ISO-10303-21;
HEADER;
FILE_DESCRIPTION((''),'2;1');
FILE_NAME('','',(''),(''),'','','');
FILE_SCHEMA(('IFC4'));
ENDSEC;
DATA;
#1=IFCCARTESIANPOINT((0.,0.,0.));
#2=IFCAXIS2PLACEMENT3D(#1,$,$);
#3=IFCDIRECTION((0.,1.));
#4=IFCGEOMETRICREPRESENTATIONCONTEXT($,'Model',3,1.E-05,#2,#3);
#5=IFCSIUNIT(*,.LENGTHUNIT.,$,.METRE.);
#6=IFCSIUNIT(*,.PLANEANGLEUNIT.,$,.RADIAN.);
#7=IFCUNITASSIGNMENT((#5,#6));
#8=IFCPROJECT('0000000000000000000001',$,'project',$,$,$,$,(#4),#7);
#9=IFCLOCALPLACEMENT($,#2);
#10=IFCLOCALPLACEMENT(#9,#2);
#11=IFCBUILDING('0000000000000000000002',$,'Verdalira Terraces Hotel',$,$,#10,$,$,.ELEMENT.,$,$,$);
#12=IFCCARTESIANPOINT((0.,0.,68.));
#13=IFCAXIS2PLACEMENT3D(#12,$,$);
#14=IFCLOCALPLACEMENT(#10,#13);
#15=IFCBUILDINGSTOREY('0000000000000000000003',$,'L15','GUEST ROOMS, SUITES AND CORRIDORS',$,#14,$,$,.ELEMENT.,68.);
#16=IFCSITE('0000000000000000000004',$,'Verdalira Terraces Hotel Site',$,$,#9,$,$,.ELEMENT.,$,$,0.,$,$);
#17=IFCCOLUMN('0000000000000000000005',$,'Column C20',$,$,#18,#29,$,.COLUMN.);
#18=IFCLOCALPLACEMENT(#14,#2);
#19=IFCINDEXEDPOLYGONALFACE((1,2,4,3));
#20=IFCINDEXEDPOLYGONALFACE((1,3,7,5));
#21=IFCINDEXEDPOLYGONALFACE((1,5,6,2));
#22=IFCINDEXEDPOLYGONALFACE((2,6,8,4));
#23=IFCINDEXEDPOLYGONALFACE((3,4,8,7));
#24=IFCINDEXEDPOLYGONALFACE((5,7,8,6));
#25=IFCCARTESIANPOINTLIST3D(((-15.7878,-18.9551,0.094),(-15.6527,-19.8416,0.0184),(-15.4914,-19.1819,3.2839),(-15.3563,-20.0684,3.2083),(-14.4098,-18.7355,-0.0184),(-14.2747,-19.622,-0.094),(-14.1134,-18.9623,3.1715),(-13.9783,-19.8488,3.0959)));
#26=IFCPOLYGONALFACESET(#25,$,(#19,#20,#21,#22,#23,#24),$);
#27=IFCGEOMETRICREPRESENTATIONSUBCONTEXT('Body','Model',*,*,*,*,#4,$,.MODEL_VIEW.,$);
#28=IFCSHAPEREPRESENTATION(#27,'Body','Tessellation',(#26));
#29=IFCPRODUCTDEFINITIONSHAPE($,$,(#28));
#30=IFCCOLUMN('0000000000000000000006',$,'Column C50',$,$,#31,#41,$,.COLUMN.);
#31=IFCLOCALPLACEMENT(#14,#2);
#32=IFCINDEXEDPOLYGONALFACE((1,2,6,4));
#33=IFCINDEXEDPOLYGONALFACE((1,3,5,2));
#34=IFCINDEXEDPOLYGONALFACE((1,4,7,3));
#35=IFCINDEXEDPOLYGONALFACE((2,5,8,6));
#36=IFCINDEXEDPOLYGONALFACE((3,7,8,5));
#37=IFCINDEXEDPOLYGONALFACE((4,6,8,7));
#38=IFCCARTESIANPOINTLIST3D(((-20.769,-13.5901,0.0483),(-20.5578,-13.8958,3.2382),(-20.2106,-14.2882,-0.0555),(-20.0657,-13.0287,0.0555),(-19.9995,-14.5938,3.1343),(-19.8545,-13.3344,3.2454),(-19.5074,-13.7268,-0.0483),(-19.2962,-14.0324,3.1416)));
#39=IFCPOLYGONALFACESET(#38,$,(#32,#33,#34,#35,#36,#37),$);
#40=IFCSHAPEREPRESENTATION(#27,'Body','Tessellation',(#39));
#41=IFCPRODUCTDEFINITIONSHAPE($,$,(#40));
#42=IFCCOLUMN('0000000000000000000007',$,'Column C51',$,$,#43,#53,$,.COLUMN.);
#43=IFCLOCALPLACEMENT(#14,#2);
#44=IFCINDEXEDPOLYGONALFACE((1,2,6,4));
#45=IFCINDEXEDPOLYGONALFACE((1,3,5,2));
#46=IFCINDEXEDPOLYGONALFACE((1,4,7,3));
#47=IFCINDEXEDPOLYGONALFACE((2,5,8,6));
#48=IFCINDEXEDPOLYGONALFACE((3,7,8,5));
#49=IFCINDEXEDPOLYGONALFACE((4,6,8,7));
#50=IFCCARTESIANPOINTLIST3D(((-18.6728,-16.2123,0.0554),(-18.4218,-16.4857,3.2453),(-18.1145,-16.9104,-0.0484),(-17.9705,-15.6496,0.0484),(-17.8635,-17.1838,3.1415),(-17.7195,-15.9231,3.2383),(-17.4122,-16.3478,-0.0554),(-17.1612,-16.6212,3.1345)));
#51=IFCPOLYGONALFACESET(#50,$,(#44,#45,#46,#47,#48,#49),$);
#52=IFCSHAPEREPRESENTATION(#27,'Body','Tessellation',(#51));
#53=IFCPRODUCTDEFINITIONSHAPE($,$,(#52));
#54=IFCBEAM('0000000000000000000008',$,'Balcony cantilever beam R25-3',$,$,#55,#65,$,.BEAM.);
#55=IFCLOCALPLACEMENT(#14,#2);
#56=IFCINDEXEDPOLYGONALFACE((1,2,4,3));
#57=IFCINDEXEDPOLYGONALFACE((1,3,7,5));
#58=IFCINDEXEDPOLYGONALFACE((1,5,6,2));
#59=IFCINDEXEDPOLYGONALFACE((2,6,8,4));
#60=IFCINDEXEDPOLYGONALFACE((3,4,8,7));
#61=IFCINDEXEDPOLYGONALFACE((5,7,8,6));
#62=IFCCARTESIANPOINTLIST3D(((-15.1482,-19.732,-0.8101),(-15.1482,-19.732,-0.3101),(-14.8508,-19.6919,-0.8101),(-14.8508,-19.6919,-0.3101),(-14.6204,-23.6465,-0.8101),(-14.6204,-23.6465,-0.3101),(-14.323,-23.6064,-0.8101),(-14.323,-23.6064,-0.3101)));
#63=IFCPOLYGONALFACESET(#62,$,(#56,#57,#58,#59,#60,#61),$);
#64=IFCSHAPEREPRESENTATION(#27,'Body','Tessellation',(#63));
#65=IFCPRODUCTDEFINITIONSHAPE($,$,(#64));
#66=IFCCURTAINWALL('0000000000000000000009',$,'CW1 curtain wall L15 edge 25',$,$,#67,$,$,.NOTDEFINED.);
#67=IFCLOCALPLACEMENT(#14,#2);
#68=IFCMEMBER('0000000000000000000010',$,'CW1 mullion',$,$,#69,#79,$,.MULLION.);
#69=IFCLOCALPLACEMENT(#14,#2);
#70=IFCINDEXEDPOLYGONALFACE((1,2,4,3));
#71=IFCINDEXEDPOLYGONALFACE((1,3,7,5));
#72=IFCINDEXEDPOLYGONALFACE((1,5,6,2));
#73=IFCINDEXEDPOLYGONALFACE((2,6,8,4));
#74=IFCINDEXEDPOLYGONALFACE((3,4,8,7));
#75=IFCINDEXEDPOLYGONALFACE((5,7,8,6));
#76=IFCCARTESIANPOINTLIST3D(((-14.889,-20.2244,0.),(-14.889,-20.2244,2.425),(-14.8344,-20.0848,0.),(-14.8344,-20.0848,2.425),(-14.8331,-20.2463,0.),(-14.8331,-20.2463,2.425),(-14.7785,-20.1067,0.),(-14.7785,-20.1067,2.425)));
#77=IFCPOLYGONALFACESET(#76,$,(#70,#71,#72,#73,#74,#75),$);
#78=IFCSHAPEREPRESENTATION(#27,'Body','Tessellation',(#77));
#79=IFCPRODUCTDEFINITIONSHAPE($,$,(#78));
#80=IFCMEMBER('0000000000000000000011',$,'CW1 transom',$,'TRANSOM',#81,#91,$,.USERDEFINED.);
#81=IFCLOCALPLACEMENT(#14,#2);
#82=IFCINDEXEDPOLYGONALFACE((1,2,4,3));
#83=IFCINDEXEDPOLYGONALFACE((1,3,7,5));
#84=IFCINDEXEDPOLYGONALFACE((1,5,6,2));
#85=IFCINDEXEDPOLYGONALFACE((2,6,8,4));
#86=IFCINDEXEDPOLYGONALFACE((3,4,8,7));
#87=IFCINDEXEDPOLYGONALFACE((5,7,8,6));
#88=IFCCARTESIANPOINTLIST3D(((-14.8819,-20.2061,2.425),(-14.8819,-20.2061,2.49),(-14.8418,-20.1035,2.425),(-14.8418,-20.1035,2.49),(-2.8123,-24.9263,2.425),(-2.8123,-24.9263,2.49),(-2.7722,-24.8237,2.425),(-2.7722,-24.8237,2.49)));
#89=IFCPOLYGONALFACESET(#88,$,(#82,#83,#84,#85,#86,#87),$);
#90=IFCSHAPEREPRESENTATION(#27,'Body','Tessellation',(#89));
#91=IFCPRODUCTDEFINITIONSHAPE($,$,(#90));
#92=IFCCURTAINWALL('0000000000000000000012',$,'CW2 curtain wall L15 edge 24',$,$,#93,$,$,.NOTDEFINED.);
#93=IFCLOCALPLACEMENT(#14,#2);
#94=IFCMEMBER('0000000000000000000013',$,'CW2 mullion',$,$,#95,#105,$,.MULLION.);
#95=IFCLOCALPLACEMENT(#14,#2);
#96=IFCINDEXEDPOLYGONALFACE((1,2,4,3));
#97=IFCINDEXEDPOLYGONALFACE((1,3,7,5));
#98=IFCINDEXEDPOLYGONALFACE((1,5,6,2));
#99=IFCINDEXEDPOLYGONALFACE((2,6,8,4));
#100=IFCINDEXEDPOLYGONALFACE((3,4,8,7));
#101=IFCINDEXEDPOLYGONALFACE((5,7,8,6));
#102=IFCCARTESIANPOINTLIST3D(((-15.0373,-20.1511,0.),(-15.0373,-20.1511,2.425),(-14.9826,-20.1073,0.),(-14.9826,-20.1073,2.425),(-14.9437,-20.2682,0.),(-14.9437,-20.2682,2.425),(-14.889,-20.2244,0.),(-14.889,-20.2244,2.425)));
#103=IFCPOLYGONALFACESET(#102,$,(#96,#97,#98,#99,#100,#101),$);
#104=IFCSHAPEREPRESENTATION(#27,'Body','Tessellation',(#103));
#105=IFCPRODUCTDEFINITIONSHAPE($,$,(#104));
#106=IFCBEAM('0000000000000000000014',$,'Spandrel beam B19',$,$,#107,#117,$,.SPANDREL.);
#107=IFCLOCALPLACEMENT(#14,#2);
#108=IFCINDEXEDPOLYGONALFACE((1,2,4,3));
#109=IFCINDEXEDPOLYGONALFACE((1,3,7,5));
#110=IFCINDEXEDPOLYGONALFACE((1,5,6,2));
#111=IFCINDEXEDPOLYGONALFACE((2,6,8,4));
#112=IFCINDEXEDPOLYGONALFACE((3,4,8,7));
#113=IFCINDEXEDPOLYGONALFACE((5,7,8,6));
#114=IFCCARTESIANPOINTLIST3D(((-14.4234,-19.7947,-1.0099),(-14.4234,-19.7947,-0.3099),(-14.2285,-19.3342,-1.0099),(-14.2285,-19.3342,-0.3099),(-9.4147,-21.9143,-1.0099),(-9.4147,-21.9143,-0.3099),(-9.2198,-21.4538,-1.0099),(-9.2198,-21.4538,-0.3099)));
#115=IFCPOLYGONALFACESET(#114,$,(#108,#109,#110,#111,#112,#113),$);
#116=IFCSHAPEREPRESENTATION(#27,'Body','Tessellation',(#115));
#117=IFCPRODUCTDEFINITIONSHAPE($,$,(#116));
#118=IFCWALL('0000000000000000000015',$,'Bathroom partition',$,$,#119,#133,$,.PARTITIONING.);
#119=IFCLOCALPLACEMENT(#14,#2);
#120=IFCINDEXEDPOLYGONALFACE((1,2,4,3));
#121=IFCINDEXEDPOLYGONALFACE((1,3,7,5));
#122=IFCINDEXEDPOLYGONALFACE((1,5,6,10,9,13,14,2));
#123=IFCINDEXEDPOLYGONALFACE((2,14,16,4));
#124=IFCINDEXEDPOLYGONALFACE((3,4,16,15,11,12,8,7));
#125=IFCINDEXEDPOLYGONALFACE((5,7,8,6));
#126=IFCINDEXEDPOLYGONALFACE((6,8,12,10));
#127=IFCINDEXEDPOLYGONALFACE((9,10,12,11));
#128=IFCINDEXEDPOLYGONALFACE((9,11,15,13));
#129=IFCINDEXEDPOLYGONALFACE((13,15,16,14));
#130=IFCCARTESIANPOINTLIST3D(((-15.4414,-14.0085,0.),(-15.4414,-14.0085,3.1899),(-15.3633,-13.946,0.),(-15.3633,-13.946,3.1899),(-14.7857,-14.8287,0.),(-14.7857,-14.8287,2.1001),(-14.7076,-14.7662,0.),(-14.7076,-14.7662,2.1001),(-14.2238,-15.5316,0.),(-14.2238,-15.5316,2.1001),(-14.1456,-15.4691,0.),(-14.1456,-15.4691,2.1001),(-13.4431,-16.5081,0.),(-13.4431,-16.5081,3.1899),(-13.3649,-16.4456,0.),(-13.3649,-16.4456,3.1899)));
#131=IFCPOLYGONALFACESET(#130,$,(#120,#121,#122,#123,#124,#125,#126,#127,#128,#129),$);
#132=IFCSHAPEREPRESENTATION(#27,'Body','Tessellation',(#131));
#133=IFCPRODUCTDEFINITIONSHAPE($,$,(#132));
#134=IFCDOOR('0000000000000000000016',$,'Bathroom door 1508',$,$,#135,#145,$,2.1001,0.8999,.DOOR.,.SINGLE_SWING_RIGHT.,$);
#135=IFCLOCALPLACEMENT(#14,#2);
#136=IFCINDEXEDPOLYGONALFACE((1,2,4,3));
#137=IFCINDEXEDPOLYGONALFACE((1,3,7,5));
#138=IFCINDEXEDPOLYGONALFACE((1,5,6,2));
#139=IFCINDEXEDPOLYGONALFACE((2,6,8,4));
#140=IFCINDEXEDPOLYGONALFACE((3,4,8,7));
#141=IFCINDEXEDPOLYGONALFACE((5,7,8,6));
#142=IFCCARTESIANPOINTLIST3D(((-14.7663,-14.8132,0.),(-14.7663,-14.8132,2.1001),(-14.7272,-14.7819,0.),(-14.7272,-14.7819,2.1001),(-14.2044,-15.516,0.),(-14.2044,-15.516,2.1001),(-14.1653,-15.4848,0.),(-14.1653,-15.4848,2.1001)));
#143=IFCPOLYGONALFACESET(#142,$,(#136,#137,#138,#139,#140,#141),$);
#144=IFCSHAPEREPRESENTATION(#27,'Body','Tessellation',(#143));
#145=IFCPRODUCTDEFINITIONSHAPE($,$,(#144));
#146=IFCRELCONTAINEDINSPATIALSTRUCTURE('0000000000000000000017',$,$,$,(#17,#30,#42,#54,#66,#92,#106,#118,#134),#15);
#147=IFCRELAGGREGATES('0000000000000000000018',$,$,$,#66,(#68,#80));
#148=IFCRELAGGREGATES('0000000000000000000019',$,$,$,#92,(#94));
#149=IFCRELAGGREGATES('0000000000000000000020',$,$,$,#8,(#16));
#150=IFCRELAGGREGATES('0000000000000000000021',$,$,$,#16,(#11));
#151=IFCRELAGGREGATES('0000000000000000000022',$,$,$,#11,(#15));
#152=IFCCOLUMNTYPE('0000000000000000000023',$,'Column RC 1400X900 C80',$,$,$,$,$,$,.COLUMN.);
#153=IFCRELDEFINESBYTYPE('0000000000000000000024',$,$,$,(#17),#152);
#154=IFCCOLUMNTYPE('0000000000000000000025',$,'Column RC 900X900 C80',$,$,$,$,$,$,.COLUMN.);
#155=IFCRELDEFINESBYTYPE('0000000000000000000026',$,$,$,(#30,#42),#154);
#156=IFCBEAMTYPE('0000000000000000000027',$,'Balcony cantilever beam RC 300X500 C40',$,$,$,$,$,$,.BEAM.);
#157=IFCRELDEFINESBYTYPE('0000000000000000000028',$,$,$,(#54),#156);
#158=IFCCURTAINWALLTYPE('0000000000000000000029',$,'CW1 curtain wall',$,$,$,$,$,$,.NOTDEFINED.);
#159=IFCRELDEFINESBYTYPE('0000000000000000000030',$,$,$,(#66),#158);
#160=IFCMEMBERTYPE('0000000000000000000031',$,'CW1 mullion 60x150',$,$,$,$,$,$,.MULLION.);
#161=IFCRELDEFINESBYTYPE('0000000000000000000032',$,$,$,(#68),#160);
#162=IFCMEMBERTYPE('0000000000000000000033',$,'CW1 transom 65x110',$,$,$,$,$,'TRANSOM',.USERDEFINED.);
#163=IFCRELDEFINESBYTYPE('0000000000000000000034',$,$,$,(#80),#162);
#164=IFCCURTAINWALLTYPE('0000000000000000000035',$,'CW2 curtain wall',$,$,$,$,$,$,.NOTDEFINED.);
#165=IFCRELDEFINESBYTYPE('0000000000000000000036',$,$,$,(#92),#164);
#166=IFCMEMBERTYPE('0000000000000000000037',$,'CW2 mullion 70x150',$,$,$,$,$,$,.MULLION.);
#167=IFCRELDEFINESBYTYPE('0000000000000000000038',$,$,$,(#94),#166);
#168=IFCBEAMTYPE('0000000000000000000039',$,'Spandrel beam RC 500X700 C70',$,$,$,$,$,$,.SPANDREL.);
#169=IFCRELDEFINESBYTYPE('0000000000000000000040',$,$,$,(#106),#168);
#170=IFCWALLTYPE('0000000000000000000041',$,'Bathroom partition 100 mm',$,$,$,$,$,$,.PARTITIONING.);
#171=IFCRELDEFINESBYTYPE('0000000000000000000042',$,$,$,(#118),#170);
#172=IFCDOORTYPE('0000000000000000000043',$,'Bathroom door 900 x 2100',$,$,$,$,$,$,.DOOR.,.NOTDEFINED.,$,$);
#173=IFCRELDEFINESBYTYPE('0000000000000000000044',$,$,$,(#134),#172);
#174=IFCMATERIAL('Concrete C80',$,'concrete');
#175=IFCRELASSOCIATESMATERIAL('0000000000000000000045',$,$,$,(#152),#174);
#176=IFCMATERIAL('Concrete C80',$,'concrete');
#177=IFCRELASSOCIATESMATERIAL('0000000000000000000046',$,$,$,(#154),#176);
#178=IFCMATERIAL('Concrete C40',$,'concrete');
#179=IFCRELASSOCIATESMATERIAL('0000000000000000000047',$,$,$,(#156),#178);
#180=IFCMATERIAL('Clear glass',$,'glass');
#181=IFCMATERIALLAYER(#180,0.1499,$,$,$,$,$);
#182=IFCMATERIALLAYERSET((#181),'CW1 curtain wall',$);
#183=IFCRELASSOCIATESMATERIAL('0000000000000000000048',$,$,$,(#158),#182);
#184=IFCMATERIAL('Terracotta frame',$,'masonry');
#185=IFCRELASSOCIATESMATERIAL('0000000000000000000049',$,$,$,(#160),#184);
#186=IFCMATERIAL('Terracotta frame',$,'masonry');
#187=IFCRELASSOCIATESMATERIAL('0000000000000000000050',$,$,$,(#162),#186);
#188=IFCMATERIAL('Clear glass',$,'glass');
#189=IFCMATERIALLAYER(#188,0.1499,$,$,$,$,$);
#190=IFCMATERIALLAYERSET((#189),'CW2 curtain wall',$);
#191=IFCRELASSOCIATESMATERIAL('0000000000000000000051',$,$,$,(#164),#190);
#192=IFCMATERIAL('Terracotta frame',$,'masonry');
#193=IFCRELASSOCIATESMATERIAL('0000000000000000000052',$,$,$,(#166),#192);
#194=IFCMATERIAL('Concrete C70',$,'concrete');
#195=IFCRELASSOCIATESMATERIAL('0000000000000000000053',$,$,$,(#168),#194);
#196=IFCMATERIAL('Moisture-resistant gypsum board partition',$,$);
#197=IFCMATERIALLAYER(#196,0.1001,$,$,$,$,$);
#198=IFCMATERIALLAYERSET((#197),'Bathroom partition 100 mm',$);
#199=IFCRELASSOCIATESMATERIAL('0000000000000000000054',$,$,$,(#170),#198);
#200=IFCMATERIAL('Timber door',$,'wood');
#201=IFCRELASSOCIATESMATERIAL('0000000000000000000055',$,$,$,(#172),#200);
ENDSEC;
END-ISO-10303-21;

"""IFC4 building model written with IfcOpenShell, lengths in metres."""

from ifc_helpers import new_model, si_unit, direction, frame, frame_2d, origin, origin_2d, place, context, subcontext, project, spatial, rectangle, extrude, material, layer, layer_set, material_profile, profile_set, type_object, element, fill, aggregate, save


model = new_model("IFC4")

# Units and contexts
model_context = context("Model", 3, precision=1e-05, world=origin(), true_north=direction((0.0, 1.0)))
body_context = subcontext(model_context, "Body", "Model", "MODEL_VIEW")
ifc_project = project(units=[si_unit("LENGTHUNIT", "METRE"), si_unit("PLANEANGLEUNIT", "RADIAN")], contexts=[model_context])

# Site, building, storey
site_placement = place(None, origin())
site = spatial("IfcSite", under=ifc_project, at=site_placement, Name="Verdalira Terraces Hotel Site", CompositionType="ELEMENT", RefElevation=0.0)
building_placement = place(site_placement, origin())
building = spatial("IfcBuilding", under=site, at=building_placement, Name="Verdalira Terraces Hotel", CompositionType="ELEMENT")
storey_placement = place(building_placement, frame((0.0, 0.0, 68.0)))
storey = spatial("IfcBuildingStorey", under=building, at=storey_placement, Name="L15", Description="GUEST ROOMS, SUITES AND CORRIDORS", CompositionType="ELEMENT", Elevation=68.0)

# Columns
ifc_material_1 = material(Name="Concrete C80", Category="concrete")
ifc_material_profile_1 = material_profile(ifc_material_1, rectangle(XDim=1.3999, YDim=0.8999, at=origin_2d()), Name="RC 1400X900")
ifc_profile_set_1 = profile_set([ifc_material_profile_1], Name="Concrete C80")
column_type_1 = type_object("IfcColumnType", Name="Column RC 1400X900 C80", PredefinedType="COLUMN", material=ifc_profile_set_1)
column_placement = place(storey_placement, frame((-15.0312, -19.2886, 0.0), z_axis=(0.092283, -0.070619, 0.993225), x_axis=(-0.984352, -0.15685, 0.080307)))
element("IfcColumn", 1, at=column_placement, inside=storey, type_object=column_type_1, Name="Column C20", PredefinedType="COLUMN", context=body_context, shape_type="SweptSolid", body=[
    extrude(rectangle(XDim=1.3999, YDim=0.8999, at=origin_2d()), origin(), (0.0, 0.0, 1.0), 3.2117),
])
ifc_material_2 = material(Name="Concrete C80", Category="concrete")
ifc_material_profile_2 = material_profile(ifc_material_2, rectangle(XDim=0.8999, YDim=0.8999, at=origin_2d()), Name="RC 900X900")
ifc_profile_set_2 = profile_set([ifc_material_profile_2], Name="Concrete C80")
column_type_2 = type_object("IfcColumnType", Name="Column RC 900X900 C80", PredefinedType="COLUMN", material=ifc_profile_set_2)
for number, where, z_axis, x_axis, name in (
    (2, (-20.1382, -13.6584, 0.0), (0.065758, -0.095178, 0.993286), (-0.781491, -0.623865, -0.008043), "Column C50"),
    (3, (-18.0425, -16.28, 0.0), (0.07815, -0.085144, 0.993299), (-0.78042, -0.625207, 0.00781), "Column C51"),
):
    element("IfcColumn", number, at=place(storey_placement, frame(where, z_axis=z_axis, x_axis=x_axis)), inside=storey, type_object=column_type_2, Name=name, PredefinedType="COLUMN", context=body_context, shape_type="SweptSolid", body=[
        extrude(rectangle(XDim=0.8999, YDim=0.8999, at=origin_2d()), origin(), (0.0, 0.0, 1.0), 3.2114),
    ])

# Beam
ifc_material_3 = material(Name="Concrete C40", Category="concrete")
ifc_material_profile_3 = material_profile(ifc_material_3, rectangle(XDim=0.3, YDim=0.5, at=origin_2d()), Name="RC 300X500")
ifc_profile_set_3 = profile_set([ifc_material_profile_3], Name="Concrete C40")
beam_type_1 = type_object("IfcBeamType", Name="Balcony cantilever beam RC 300X500 C40", PredefinedType="BEAM", material=ifc_profile_set_3)
beam_1_placement = place(storey_placement, frame((-14.9995, -19.7119, -0.5601), z_axis=(0.133629, -0.991031, 0.0), x_axis=(0.991031, 0.133629, 0.0)))
element("IfcBeam", 4, at=beam_1_placement, inside=storey, type_object=beam_type_1, Name="Balcony cantilever beam R25-3", PredefinedType="BEAM", context=body_context, shape_type="SweptSolid", body=[
    extrude(rectangle(XDim=0.3, YDim=0.5, at=origin_2d()), origin(), (0.0, 0.0, 1.0), 3.95),
])

# Curtain wall, members
ifc_material_4 = material(Name="Clear glass", Category="glass")
ifc_layer_1 = layer(ifc_material_4, 0.1499)
ifc_layer_set_1 = layer_set([ifc_layer_1], Name="CW1 curtain wall")
curtain_wall_type_1 = type_object("IfcCurtainWallType", Name="CW1 curtain wall", PredefinedType="NOTDEFINED", material=ifc_layer_set_1)
curtain_wall_1_placement = place(storey_placement, origin())
curtain_wall_1 = element("IfcCurtainWall", 5, at=curtain_wall_1_placement, inside=storey, type_object=curtain_wall_type_1, Name="CW1 curtain wall L15 edge 25", PredefinedType="NOTDEFINED")
ifc_material_5 = material(Name="Terracotta frame", Category="masonry")
ifc_material_profile_4 = material_profile(ifc_material_5, rectangle(XDim=0.0601, YDim=0.1499, at=origin_2d()), Name="MU 60x150")
ifc_profile_set_4 = profile_set([ifc_material_profile_4], Name="Terracotta frame")
member_type_1 = type_object("IfcMemberType", Name="CW1 mullion 60x150", PredefinedType="MULLION", material=ifc_profile_set_4)
member_1_placement = place(storey_placement, frame((-14.8337, -20.1655, 0.0), z_axis=(0.0, 0.0, 1.0), x_axis=(0.93131, -0.364227, 0.0)))
member_1 = element("IfcMember", 6, at=member_1_placement, type_object=member_type_1, Name="CW1 mullion", PredefinedType="MULLION", context=body_context, shape_type="SweptSolid", body=[
    extrude(rectangle(XDim=0.0601, YDim=0.1499, at=origin_2d()), origin(), (0.0, 0.0, 1.0), 2.425),
])
ifc_material_6 = material(Name="Terracotta frame", Category="masonry")
ifc_material_profile_5 = material_profile(ifc_material_6, rectangle(XDim=0.1101, YDim=0.0649, at=origin_2d()), Name="TR 65x110")
ifc_profile_set_5 = profile_set([ifc_material_profile_5], Name="Terracotta frame")
member_type_2 = type_object("IfcMemberType", Name="CW1 transom 65x110", ElementType="TRANSOM", PredefinedType="USERDEFINED", material=ifc_profile_set_5)
member_2_placement = place(storey_placement, frame((-14.8618, -20.1548, 2.4575), z_axis=(0.931313, -0.364221, 0.0), x_axis=(0.364221, 0.931313, 0.0)))
member_2 = element("IfcMember", 7, at=member_2_placement, type_object=member_type_2, Name="CW1 transom", ObjectType="TRANSOM", PredefinedType="USERDEFINED", context=body_context, shape_type="SweptSolid", body=[
    extrude(rectangle(XDim=0.1101, YDim=0.0649, at=origin_2d()), origin(), (0.0, 0.0, 1.0), 12.9597),
])
aggregate(curtain_wall_1, [member_1, member_2])

# Curtain wall, member
ifc_material_7 = material(Name="Clear glass", Category="glass")
ifc_layer_2 = layer(ifc_material_7, 0.1499)
ifc_layer_set_2 = layer_set([ifc_layer_2], Name="CW2 curtain wall")
curtain_wall_type_2 = type_object("IfcCurtainWallType", Name="CW2 curtain wall", PredefinedType="NOTDEFINED", material=ifc_layer_set_2)
curtain_wall_2_placement = place(storey_placement, origin())
curtain_wall_2 = element("IfcCurtainWall", 8, at=curtain_wall_2_placement, inside=storey, type_object=curtain_wall_type_2, Name="CW2 curtain wall L15 edge 24", PredefinedType="NOTDEFINED")
ifc_material_8 = material(Name="Terracotta frame", Category="masonry")
ifc_material_profile_6 = material_profile(ifc_material_8, rectangle(XDim=0.0701, YDim=0.1499, at=origin_2d()), Name="MU 70x150")
ifc_profile_set_6 = profile_set([ifc_material_profile_6], Name="Terracotta frame")
member_type_3 = type_object("IfcMemberType", Name="CW2 mullion 70x150", PredefinedType="MULLION", material=ifc_profile_set_6)
member_3_placement = place(storey_placement, frame((-14.9631, -20.1877, 0.0), z_axis=(0.0, 0.0, 1.0), x_axis=(0.781085, 0.624425, 0.0)))
member_3 = element("IfcMember", 9, at=member_3_placement, type_object=member_type_3, Name="CW2 mullion", PredefinedType="MULLION", context=body_context, shape_type="SweptSolid", body=[
    extrude(rectangle(XDim=0.0701, YDim=0.1499, at=origin_2d()), origin(), (0.0, 0.0, 1.0), 2.425),
])
aggregate(curtain_wall_2, [member_3])

# Beam
ifc_material_9 = material(Name="Concrete C70", Category="concrete")
ifc_material_profile_7 = material_profile(ifc_material_9, rectangle(XDim=0.5, YDim=0.7, at=origin_2d()), Name="RC 500X700")
ifc_profile_set_7 = profile_set([ifc_material_profile_7], Name="Concrete C70")
beam_type_2 = type_object("IfcBeamType", Name="Spandrel beam RC 500X700 C70", PredefinedType="SPANDREL", material=ifc_profile_set_7)
beam_2_placement = place(storey_placement, frame((-14.3259, -19.5645, -0.6599), z_axis=(0.920933, -0.389722, 0.0), x_axis=(0.389722, 0.920933, 0.0)))
element("IfcBeam", 10, at=beam_2_placement, inside=storey, type_object=beam_type_2, Name="Spandrel beam B19", PredefinedType="SPANDREL", context=body_context, shape_type="SweptSolid", body=[
    extrude(rectangle(XDim=0.5, YDim=0.7, at=origin_2d()), origin(), (0.0, 0.0, 1.0), 5.4387),
])

# Wall, opening, door
ifc_material_10 = material(Name="Moisture-resistant gypsum board partition")
ifc_layer_3 = layer(ifc_material_10, 0.1001)
ifc_layer_set_3 = layer_set([ifc_layer_3], Name="Bathroom partition 100 mm")
wall_type_1 = type_object("IfcWallType", Name="Bathroom partition 100 mm", PredefinedType="PARTITIONING", material=ifc_layer_set_3)
wall_1_placement = place(storey_placement, frame((-15.4023, -13.9773, 0.0), z_axis=(0.0, 0.0, 1.0), x_axis=(0.624444, -0.78107, 0.0)))
wall_1 = element("IfcWall", 11, at=wall_1_placement, inside=storey, type_object=wall_type_1, Name="Bathroom partition", PredefinedType="PARTITIONING", context=body_context, shape_type="SweptSolid", body=[
    extrude(rectangle(XDim=3.2002, YDim=0.1001, at=frame_2d((1.6001, 0.0))), origin(), (0.0, 0.0, 1.0), 3.1899),
])
opening_1_placement = place(wall_1_placement, frame((1.05, 0.0, 0.0)))
opening_1 = element("IfcOpeningElement", 12, at=opening_1_placement, cuts=wall_1, PredefinedType="OPENING", context=body_context, shape_type="SweptSolid", body=[
    extrude(rectangle(XDim=0.8999, YDim=2.1001, at=frame_2d((0.45, 1.05))), frame((0.0, 0.0601, 0.0), z_axis=(0.0, -1.0, 0.0), x_axis=(1.0, 0.0, 0.0)), (0.0, 0.0, 1.0), 0.1201),
])
ifc_material_11 = material(Name="Timber door", Category="wood")
door_type_1 = type_object("IfcDoorType", Name="Bathroom door 900 x 2100", OperationType="NOTDEFINED", PredefinedType="DOOR", material=ifc_material_11)
door_1_placement = place(opening_1_placement, origin())
door_1 = element("IfcDoor", 13, at=door_1_placement, inside=storey, type_object=door_type_1, Name="Bathroom door 1508", OperationType="SINGLE_SWING_RIGHT", OverallHeight=2.1001, OverallWidth=0.8999, PredefinedType="DOOR", context=body_context, shape_type="SweptSolid", body=[
    extrude(rectangle(XDim=0.8999, YDim=2.1001, at=frame_2d((0.45, 1.05))), frame((0.0, 0.0249, 0.0), z_axis=(0.0, -1.0, 0.0), x_axis=(1.0, 0.0, 0.0)), (0.0, 0.0, 1.0), 0.05),
])
fill(opening_1, door_1)

save(model, "model.ifc")
